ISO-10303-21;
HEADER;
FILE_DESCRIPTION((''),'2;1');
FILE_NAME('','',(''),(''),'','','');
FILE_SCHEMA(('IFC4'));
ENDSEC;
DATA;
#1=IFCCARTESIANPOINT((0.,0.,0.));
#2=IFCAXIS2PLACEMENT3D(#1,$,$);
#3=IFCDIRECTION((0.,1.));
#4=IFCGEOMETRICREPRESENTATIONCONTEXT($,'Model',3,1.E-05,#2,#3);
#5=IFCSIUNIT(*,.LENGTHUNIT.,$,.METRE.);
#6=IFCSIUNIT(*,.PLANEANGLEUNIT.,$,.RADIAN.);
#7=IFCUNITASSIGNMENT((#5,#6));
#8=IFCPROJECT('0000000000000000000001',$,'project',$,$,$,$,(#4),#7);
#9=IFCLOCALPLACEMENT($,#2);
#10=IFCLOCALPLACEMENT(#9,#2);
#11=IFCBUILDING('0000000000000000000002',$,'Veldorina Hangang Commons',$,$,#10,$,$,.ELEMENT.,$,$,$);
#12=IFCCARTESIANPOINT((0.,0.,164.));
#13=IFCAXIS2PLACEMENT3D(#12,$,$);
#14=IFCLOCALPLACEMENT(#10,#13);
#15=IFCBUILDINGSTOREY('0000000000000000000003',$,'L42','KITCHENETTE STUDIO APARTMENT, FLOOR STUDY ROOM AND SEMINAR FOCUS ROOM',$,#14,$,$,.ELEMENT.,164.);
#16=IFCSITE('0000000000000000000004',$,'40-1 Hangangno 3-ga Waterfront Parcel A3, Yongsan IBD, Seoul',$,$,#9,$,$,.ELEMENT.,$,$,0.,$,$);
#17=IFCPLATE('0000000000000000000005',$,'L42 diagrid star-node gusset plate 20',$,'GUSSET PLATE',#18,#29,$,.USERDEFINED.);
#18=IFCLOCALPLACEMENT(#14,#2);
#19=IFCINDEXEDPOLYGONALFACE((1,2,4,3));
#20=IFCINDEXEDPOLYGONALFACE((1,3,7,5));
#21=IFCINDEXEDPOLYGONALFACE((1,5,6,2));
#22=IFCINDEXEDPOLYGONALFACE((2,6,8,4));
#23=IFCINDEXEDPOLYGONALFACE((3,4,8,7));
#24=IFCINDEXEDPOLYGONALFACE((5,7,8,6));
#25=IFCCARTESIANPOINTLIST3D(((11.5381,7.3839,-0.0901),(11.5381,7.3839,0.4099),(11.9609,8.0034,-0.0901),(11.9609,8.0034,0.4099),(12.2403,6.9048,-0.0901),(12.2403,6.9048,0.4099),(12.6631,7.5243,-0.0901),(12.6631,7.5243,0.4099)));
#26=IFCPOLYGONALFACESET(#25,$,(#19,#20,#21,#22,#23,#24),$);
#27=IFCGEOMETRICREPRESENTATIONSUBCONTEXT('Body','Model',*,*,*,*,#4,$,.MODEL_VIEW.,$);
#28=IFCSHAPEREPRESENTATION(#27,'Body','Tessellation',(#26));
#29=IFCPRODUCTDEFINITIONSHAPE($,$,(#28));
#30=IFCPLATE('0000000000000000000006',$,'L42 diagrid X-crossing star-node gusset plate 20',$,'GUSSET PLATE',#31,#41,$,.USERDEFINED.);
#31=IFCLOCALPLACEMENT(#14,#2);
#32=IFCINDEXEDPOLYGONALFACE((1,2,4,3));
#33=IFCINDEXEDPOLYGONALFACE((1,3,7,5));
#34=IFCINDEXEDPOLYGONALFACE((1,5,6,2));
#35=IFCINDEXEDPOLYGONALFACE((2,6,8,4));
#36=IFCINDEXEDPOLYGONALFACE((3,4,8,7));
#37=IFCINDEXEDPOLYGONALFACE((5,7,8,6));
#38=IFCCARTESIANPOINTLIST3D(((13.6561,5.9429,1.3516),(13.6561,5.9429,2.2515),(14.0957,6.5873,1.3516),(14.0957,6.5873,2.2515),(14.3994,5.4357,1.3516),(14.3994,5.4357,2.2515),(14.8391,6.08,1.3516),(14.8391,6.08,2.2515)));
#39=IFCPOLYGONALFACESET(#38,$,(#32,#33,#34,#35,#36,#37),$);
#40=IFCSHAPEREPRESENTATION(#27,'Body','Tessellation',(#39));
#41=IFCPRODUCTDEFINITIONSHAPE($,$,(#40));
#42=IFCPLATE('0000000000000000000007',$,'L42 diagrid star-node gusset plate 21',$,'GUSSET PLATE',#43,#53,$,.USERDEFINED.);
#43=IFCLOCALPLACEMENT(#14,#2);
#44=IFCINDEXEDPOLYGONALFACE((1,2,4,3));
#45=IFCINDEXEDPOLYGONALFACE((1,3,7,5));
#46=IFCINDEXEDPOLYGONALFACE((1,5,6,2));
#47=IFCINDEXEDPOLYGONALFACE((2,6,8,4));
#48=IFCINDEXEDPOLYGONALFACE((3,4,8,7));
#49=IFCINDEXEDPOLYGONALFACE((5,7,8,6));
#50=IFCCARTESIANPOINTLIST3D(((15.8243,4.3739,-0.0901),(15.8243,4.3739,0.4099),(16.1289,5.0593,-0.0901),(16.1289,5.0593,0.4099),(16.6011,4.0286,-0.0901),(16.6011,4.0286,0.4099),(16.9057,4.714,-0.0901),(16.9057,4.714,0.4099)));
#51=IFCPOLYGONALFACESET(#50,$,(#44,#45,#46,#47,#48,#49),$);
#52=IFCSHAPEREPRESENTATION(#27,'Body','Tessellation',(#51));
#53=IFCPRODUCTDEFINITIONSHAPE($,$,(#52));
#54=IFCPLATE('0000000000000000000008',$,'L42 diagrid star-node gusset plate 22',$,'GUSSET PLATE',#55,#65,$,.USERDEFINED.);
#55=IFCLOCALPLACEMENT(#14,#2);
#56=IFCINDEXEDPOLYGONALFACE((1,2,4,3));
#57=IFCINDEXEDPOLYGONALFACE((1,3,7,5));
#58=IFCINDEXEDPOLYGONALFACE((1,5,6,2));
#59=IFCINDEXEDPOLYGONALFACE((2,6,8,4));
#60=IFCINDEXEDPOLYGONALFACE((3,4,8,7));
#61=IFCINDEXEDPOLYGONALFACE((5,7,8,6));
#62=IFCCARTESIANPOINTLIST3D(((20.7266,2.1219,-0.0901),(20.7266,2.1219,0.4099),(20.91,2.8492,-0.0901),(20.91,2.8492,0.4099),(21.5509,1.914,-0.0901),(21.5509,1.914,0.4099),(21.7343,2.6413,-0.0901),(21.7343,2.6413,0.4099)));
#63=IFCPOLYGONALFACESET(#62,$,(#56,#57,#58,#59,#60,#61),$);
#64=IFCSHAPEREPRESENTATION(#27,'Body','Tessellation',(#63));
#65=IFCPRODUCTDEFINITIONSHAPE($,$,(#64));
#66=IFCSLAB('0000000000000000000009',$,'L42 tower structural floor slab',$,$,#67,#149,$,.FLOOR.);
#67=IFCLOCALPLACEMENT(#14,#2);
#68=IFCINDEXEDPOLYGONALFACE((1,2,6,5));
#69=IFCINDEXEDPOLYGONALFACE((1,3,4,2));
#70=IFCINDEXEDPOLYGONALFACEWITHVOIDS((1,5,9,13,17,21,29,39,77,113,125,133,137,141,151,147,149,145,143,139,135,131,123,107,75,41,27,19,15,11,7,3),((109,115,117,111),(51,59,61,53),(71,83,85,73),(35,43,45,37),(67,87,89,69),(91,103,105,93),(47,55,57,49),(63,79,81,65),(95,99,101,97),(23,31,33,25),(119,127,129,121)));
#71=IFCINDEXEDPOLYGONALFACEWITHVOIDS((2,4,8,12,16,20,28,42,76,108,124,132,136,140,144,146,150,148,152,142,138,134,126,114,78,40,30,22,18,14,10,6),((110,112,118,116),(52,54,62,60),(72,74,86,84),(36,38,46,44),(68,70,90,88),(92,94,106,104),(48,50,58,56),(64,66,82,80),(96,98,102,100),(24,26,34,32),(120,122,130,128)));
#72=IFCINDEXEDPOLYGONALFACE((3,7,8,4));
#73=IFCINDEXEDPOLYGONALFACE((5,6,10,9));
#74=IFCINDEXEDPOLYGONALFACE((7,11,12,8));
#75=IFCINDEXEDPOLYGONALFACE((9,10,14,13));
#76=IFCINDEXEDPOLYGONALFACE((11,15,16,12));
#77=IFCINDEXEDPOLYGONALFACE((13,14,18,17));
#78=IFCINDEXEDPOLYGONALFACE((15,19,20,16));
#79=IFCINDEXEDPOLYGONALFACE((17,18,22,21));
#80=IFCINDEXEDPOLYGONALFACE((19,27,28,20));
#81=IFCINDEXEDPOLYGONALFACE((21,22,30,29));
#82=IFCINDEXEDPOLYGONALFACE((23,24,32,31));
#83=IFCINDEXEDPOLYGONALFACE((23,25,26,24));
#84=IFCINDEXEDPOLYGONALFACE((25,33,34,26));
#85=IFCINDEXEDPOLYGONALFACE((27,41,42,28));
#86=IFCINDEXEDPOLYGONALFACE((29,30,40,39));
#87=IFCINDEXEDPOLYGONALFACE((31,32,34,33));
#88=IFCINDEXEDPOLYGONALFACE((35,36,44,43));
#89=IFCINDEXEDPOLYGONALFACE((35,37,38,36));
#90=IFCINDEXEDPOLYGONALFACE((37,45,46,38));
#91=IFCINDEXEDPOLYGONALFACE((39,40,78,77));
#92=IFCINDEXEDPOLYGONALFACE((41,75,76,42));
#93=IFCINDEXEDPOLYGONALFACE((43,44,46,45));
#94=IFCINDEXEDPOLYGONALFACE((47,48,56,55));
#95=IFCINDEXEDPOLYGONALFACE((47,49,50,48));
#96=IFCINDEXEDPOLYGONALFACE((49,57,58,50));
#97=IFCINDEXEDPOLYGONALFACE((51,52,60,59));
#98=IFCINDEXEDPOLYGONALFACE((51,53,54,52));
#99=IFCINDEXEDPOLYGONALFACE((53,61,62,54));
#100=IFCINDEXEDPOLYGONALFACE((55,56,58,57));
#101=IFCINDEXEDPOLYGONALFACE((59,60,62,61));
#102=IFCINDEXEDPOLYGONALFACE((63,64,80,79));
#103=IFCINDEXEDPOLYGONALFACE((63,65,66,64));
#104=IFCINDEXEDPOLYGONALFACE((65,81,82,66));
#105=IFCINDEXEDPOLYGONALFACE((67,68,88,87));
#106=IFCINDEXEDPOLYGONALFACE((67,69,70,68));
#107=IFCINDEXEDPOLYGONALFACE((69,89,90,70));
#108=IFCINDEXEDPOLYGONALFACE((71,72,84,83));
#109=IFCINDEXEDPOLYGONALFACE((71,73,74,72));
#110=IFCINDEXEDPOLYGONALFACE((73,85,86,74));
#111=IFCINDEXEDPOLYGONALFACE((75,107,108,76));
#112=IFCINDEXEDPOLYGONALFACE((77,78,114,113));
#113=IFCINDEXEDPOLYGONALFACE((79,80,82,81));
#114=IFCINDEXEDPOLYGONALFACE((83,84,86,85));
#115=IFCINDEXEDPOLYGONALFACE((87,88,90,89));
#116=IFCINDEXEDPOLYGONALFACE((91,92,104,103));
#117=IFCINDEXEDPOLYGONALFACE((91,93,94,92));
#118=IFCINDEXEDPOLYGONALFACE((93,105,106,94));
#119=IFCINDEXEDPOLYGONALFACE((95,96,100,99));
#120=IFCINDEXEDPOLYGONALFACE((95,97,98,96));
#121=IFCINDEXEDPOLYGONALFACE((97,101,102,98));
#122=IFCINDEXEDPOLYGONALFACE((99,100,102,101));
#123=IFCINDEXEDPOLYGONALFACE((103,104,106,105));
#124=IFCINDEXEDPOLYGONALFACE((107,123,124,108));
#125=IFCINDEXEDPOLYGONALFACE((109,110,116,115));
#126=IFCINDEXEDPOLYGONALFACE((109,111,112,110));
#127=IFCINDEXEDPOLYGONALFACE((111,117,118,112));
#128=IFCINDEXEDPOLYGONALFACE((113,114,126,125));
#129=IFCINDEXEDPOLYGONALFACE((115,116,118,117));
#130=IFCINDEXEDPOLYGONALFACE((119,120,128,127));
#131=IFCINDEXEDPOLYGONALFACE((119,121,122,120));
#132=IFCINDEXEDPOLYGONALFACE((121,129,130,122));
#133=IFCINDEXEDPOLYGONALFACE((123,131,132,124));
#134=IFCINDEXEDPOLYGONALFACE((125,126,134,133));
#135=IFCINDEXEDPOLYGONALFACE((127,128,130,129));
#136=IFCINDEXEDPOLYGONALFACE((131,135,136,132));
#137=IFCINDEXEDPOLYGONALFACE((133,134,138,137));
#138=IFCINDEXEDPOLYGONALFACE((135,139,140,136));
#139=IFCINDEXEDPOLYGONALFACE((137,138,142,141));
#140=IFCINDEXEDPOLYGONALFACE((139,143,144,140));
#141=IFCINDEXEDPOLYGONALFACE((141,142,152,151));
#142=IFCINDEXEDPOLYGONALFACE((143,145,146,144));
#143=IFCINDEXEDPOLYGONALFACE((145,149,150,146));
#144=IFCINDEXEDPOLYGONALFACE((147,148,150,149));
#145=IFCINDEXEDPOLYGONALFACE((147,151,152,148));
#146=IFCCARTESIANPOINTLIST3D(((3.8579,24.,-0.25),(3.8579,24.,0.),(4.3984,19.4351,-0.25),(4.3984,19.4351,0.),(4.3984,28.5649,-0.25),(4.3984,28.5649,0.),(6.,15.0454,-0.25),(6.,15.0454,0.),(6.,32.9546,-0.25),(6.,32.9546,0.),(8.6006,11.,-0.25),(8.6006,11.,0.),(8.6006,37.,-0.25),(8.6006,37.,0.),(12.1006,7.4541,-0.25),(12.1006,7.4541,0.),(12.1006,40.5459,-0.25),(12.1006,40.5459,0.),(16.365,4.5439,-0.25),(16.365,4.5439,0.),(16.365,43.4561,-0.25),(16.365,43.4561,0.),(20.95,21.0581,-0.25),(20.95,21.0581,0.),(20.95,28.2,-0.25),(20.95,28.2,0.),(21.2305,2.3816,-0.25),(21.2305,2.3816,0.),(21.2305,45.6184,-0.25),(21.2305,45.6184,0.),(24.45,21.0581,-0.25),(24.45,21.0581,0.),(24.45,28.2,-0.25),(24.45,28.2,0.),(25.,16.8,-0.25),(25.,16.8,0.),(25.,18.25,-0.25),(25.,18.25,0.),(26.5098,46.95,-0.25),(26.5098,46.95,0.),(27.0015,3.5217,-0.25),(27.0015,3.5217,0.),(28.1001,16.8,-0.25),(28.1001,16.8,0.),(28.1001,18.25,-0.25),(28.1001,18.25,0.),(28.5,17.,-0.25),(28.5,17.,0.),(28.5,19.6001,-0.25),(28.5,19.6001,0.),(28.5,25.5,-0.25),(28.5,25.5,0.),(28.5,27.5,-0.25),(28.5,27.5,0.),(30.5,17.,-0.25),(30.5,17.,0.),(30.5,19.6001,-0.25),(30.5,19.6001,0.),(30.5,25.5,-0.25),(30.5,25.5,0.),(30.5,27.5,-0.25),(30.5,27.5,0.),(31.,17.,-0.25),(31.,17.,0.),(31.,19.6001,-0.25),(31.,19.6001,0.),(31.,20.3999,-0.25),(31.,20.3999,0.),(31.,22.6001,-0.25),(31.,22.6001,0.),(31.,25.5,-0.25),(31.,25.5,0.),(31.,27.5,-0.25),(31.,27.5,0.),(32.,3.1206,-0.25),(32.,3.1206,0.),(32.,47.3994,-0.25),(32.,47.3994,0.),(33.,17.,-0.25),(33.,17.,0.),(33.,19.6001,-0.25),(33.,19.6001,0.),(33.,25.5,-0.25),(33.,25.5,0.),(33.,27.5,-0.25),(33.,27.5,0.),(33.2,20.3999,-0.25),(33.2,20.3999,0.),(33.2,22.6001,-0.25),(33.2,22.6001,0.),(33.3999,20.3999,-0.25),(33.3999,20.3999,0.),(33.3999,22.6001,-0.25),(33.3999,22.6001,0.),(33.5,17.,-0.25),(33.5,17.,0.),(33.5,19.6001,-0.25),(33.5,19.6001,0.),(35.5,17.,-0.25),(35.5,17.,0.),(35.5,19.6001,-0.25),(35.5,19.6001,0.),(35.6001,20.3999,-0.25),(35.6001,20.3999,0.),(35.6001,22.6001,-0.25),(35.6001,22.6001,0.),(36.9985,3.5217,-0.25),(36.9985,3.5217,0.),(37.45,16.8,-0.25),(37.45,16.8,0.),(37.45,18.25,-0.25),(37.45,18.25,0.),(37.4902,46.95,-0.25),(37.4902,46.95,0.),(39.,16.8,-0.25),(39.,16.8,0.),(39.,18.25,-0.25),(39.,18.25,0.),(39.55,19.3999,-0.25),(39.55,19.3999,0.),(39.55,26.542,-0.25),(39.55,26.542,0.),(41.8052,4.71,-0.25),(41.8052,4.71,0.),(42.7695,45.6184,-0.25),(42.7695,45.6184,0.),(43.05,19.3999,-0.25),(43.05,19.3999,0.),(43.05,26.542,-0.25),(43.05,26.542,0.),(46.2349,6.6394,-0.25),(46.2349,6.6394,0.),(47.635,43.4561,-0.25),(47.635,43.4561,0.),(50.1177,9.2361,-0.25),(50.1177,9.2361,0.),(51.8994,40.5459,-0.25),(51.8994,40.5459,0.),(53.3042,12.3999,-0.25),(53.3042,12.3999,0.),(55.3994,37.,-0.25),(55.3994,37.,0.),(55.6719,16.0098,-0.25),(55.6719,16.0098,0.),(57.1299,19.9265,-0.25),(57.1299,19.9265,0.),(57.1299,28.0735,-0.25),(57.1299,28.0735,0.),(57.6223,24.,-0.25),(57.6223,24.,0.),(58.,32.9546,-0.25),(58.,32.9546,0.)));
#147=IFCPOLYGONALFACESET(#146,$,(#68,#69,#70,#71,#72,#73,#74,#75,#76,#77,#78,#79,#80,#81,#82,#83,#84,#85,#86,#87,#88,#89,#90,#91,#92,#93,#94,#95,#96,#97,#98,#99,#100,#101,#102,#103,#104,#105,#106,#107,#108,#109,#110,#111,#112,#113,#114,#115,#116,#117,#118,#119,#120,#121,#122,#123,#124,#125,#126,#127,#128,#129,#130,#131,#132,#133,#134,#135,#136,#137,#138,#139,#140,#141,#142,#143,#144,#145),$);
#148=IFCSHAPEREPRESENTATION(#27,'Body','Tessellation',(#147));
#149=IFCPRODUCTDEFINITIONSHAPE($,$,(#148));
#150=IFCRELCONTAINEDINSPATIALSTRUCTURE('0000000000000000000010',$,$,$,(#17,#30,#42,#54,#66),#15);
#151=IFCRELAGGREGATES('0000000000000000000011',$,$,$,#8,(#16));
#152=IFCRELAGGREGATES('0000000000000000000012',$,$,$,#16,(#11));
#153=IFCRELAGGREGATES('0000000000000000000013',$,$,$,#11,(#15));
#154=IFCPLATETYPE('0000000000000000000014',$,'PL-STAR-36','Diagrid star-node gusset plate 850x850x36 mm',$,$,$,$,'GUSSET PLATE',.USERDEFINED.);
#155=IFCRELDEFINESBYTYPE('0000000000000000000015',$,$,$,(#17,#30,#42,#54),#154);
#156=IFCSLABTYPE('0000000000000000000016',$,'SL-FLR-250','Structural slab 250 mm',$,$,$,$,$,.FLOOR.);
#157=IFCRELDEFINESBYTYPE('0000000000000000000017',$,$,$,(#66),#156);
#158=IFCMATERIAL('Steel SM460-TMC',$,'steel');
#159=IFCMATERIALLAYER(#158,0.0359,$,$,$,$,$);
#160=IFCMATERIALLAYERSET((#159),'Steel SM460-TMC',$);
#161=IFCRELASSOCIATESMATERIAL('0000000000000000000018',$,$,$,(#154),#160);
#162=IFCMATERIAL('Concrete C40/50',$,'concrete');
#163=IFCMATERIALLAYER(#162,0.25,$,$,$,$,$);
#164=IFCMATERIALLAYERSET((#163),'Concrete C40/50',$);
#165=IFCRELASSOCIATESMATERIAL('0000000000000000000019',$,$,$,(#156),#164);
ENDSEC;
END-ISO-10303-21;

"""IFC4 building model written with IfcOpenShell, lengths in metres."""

from ifc_helpers import new_model, si_unit, direction, frame, origin, origin_2d, place, context, subcontext, project, spatial, polyline, rectangle, outline, extrude, material, layer, layer_set, type_object, element, save


model = new_model("IFC4")

# Units and contexts
model_context = context("Model", 3, precision=1e-05, world=origin(), true_north=direction((0.0, 1.0)))
body_context = subcontext(model_context, "Body", "Model", "MODEL_VIEW")
ifc_project = project(units=[si_unit("LENGTHUNIT", "METRE"), si_unit("PLANEANGLEUNIT", "RADIAN")], contexts=[model_context])

# Site, building, storey
site_placement = place(None, origin())
site = spatial("IfcSite", under=ifc_project, at=site_placement, Name="40-1 Hangangno 3-ga Waterfront Parcel A3, Yongsan IBD, Seoul", CompositionType="ELEMENT", RefElevation=0.0)
building_placement = place(site_placement, origin())
building = spatial("IfcBuilding", under=site, at=building_placement, Name="Veldorina Hangang Commons", CompositionType="ELEMENT")
storey_placement = place(building_placement, frame((0.0, 0.0, 164.0)))
storey = spatial("IfcBuildingStorey", under=building, at=storey_placement, Name="L42", Description="KITCHENETTE STUDIO APARTMENT, FLOOR STUDY ROOM AND SEMINAR FOCUS ROOM", CompositionType="ELEMENT", Elevation=164.0)

# Plates
ifc_material_1 = material(Name="Steel SM460-TMC", Category="steel")
ifc_layer_1 = layer(ifc_material_1, 0.0359)
ifc_layer_set_1 = layer_set([ifc_layer_1], Name="Steel SM460-TMC")
plate_type = type_object("IfcPlateType", Name="PL-STAR-36", Description="Diagrid star-node gusset plate 850x850x36 mm", ElementType="GUSSET PLATE", PredefinedType="USERDEFINED", material=ifc_layer_set_1)
for number, where, z_axis, x_axis, name in (
    (1, (12.1006, 7.4541, -0.0901), (0.0, 0.0, 1.0), (0.826, -0.56367, 0.0), "L42 diagrid star-node gusset plate 20"),
):
    element("IfcPlate", number, at=place(storey_placement, frame(where, z_axis=z_axis, x_axis=x_axis)), inside=storey, type_object=plate_type, Name=name, ObjectType="GUSSET PLATE", PredefinedType="USERDEFINED", context=body_context, shape_type="SweptSolid", body=[
        extrude(rectangle(XDim=0.8501, YDim=0.75, at=origin_2d()), origin(), (0.0, 0.0, 1.0), 0.5),
    ])
plate_placement = place(storey_placement, frame((14.2476, 6.0115, 1.3516), z_axis=(0.0, 0.0, 1.0), x_axis=(0.826, -0.56367, 0.0)))
element("IfcPlate", 2, at=plate_placement, inside=storey, type_object=plate_type, Name="L42 diagrid X-crossing star-node gusset plate 20", ObjectType="GUSSET PLATE", PredefinedType="USERDEFINED", context=body_context, shape_type="SweptSolid", body=[
    extrude(rectangle(XDim=0.8999, YDim=0.78, at=origin_2d()), origin(), (0.0, 0.0, 1.0), 0.8999),
])
for number, where, z_axis, x_axis, name in (
    (3, (16.365, 4.5439, -0.0901), (0.0, 0.0, 1.0), (0.913815, -0.406131, 0.0), "L42 diagrid star-node gusset plate 21"),
    (4, (21.2305, 2.3816, -0.0901), (0.0, 0.0, 1.0), (0.969633, -0.244563, 0.0), "L42 diagrid star-node gusset plate 22"),
):
    element("IfcPlate", number, at=place(storey_placement, frame(where, z_axis=z_axis, x_axis=x_axis)), inside=storey, type_object=plate_type, Name=name, ObjectType="GUSSET PLATE", PredefinedType="USERDEFINED", context=body_context, shape_type="SweptSolid", body=[
        extrude(rectangle(XDim=0.8501, YDim=0.75, at=origin_2d()), origin(), (0.0, 0.0, 1.0), 0.5),
    ])

# Slab
ifc_material_2 = material(Name="Concrete C40/50", Category="concrete")
ifc_layer_2 = layer(ifc_material_2, 0.25)
ifc_layer_set_2 = layer_set([ifc_layer_2], Name="Concrete C40/50")
slab_type_1 = type_object("IfcSlabType", Name="SL-FLR-250", Description="Structural slab 250 mm", PredefinedType="FLOOR", material=ifc_layer_set_2)
slab_1_placement = place(storey_placement, frame((0.0, 0.0, -0.25)))
element("IfcSlab", 5, at=slab_1_placement, inside=storey, type_object=slab_type_1, Name="L42 tower structural floor slab", PredefinedType="FLOOR", context=body_context, shape_type="SweptSolid", body=[
    extrude(outline(polyline([(57.6223, 24.0), (57.1299, 28.0735), (58.0, 32.9546), (55.3994, 37.0), (51.8994, 40.5459), (47.635, 43.4561), (42.7695, 45.6184), (37.4902, 46.95), (32.0, 47.3994), (26.5098, 46.95), (21.2305, 45.6184), (16.365, 43.4561), (12.1006, 40.5459), (8.6006, 37.0), (6.0, 32.9546), (4.3984, 28.5649), (3.8579, 24.0), (4.3984, 19.4351), (6.0, 15.0454), (8.6006, 11.0), (12.1006, 7.4541), (16.365, 4.5439), (21.2305, 2.3816), (27.0015, 3.5217), (32.0, 3.1206), (36.9985, 3.5217), (41.8052, 4.71), (46.2349, 6.6394), (50.1177, 9.2361), (53.3042, 12.3999), (55.6719, 16.0098), (57.1299, 19.9265), (57.6223, 24.0)]), holes=[polyline([(20.95, 21.0581), (20.95, 28.2), (24.45, 28.2), (24.45, 21.0581), (20.95, 21.0581)]), polyline([(43.05, 26.542), (43.05, 19.3999), (39.55, 19.3999), (39.55, 26.542), (43.05, 26.542)]), polyline([(28.5, 27.5), (30.5, 27.5), (30.5, 25.5), (28.5, 25.5), (28.5, 27.5)]), polyline([(31.0, 27.5), (33.0, 27.5), (33.0, 25.5), (31.0, 25.5), (31.0, 27.5)]), polyline([(31.0, 22.6001), (33.2, 22.6001), (33.2, 20.3999), (31.0, 20.3999), (31.0, 22.6001)]), polyline([(33.3999, 22.6001), (35.6001, 22.6001), (35.6001, 20.3999), (33.3999, 20.3999), (33.3999, 22.6001)]), polyline([(28.5, 19.6001), (30.5, 19.6001), (30.5, 17.0), (28.5, 17.0), (28.5, 19.6001)]), polyline([(31.0, 19.6001), (33.0, 19.6001), (33.0, 17.0), (31.0, 17.0), (31.0, 19.6001)]), polyline([(33.5, 19.6001), (35.5, 19.6001), (35.5, 17.0), (33.5, 17.0), (33.5, 19.6001)]), polyline([(25.0, 18.25), (28.1001, 18.25), (28.1001, 16.8), (25.0, 16.8), (25.0, 18.25)]), polyline([(37.45, 18.25), (39.0, 18.25), (39.0, 16.8), (37.45, 16.8), (37.45, 18.25)])]), origin(), (0.0, 0.0, 1.0), 0.25),
])

save(model, "model.ifc")
